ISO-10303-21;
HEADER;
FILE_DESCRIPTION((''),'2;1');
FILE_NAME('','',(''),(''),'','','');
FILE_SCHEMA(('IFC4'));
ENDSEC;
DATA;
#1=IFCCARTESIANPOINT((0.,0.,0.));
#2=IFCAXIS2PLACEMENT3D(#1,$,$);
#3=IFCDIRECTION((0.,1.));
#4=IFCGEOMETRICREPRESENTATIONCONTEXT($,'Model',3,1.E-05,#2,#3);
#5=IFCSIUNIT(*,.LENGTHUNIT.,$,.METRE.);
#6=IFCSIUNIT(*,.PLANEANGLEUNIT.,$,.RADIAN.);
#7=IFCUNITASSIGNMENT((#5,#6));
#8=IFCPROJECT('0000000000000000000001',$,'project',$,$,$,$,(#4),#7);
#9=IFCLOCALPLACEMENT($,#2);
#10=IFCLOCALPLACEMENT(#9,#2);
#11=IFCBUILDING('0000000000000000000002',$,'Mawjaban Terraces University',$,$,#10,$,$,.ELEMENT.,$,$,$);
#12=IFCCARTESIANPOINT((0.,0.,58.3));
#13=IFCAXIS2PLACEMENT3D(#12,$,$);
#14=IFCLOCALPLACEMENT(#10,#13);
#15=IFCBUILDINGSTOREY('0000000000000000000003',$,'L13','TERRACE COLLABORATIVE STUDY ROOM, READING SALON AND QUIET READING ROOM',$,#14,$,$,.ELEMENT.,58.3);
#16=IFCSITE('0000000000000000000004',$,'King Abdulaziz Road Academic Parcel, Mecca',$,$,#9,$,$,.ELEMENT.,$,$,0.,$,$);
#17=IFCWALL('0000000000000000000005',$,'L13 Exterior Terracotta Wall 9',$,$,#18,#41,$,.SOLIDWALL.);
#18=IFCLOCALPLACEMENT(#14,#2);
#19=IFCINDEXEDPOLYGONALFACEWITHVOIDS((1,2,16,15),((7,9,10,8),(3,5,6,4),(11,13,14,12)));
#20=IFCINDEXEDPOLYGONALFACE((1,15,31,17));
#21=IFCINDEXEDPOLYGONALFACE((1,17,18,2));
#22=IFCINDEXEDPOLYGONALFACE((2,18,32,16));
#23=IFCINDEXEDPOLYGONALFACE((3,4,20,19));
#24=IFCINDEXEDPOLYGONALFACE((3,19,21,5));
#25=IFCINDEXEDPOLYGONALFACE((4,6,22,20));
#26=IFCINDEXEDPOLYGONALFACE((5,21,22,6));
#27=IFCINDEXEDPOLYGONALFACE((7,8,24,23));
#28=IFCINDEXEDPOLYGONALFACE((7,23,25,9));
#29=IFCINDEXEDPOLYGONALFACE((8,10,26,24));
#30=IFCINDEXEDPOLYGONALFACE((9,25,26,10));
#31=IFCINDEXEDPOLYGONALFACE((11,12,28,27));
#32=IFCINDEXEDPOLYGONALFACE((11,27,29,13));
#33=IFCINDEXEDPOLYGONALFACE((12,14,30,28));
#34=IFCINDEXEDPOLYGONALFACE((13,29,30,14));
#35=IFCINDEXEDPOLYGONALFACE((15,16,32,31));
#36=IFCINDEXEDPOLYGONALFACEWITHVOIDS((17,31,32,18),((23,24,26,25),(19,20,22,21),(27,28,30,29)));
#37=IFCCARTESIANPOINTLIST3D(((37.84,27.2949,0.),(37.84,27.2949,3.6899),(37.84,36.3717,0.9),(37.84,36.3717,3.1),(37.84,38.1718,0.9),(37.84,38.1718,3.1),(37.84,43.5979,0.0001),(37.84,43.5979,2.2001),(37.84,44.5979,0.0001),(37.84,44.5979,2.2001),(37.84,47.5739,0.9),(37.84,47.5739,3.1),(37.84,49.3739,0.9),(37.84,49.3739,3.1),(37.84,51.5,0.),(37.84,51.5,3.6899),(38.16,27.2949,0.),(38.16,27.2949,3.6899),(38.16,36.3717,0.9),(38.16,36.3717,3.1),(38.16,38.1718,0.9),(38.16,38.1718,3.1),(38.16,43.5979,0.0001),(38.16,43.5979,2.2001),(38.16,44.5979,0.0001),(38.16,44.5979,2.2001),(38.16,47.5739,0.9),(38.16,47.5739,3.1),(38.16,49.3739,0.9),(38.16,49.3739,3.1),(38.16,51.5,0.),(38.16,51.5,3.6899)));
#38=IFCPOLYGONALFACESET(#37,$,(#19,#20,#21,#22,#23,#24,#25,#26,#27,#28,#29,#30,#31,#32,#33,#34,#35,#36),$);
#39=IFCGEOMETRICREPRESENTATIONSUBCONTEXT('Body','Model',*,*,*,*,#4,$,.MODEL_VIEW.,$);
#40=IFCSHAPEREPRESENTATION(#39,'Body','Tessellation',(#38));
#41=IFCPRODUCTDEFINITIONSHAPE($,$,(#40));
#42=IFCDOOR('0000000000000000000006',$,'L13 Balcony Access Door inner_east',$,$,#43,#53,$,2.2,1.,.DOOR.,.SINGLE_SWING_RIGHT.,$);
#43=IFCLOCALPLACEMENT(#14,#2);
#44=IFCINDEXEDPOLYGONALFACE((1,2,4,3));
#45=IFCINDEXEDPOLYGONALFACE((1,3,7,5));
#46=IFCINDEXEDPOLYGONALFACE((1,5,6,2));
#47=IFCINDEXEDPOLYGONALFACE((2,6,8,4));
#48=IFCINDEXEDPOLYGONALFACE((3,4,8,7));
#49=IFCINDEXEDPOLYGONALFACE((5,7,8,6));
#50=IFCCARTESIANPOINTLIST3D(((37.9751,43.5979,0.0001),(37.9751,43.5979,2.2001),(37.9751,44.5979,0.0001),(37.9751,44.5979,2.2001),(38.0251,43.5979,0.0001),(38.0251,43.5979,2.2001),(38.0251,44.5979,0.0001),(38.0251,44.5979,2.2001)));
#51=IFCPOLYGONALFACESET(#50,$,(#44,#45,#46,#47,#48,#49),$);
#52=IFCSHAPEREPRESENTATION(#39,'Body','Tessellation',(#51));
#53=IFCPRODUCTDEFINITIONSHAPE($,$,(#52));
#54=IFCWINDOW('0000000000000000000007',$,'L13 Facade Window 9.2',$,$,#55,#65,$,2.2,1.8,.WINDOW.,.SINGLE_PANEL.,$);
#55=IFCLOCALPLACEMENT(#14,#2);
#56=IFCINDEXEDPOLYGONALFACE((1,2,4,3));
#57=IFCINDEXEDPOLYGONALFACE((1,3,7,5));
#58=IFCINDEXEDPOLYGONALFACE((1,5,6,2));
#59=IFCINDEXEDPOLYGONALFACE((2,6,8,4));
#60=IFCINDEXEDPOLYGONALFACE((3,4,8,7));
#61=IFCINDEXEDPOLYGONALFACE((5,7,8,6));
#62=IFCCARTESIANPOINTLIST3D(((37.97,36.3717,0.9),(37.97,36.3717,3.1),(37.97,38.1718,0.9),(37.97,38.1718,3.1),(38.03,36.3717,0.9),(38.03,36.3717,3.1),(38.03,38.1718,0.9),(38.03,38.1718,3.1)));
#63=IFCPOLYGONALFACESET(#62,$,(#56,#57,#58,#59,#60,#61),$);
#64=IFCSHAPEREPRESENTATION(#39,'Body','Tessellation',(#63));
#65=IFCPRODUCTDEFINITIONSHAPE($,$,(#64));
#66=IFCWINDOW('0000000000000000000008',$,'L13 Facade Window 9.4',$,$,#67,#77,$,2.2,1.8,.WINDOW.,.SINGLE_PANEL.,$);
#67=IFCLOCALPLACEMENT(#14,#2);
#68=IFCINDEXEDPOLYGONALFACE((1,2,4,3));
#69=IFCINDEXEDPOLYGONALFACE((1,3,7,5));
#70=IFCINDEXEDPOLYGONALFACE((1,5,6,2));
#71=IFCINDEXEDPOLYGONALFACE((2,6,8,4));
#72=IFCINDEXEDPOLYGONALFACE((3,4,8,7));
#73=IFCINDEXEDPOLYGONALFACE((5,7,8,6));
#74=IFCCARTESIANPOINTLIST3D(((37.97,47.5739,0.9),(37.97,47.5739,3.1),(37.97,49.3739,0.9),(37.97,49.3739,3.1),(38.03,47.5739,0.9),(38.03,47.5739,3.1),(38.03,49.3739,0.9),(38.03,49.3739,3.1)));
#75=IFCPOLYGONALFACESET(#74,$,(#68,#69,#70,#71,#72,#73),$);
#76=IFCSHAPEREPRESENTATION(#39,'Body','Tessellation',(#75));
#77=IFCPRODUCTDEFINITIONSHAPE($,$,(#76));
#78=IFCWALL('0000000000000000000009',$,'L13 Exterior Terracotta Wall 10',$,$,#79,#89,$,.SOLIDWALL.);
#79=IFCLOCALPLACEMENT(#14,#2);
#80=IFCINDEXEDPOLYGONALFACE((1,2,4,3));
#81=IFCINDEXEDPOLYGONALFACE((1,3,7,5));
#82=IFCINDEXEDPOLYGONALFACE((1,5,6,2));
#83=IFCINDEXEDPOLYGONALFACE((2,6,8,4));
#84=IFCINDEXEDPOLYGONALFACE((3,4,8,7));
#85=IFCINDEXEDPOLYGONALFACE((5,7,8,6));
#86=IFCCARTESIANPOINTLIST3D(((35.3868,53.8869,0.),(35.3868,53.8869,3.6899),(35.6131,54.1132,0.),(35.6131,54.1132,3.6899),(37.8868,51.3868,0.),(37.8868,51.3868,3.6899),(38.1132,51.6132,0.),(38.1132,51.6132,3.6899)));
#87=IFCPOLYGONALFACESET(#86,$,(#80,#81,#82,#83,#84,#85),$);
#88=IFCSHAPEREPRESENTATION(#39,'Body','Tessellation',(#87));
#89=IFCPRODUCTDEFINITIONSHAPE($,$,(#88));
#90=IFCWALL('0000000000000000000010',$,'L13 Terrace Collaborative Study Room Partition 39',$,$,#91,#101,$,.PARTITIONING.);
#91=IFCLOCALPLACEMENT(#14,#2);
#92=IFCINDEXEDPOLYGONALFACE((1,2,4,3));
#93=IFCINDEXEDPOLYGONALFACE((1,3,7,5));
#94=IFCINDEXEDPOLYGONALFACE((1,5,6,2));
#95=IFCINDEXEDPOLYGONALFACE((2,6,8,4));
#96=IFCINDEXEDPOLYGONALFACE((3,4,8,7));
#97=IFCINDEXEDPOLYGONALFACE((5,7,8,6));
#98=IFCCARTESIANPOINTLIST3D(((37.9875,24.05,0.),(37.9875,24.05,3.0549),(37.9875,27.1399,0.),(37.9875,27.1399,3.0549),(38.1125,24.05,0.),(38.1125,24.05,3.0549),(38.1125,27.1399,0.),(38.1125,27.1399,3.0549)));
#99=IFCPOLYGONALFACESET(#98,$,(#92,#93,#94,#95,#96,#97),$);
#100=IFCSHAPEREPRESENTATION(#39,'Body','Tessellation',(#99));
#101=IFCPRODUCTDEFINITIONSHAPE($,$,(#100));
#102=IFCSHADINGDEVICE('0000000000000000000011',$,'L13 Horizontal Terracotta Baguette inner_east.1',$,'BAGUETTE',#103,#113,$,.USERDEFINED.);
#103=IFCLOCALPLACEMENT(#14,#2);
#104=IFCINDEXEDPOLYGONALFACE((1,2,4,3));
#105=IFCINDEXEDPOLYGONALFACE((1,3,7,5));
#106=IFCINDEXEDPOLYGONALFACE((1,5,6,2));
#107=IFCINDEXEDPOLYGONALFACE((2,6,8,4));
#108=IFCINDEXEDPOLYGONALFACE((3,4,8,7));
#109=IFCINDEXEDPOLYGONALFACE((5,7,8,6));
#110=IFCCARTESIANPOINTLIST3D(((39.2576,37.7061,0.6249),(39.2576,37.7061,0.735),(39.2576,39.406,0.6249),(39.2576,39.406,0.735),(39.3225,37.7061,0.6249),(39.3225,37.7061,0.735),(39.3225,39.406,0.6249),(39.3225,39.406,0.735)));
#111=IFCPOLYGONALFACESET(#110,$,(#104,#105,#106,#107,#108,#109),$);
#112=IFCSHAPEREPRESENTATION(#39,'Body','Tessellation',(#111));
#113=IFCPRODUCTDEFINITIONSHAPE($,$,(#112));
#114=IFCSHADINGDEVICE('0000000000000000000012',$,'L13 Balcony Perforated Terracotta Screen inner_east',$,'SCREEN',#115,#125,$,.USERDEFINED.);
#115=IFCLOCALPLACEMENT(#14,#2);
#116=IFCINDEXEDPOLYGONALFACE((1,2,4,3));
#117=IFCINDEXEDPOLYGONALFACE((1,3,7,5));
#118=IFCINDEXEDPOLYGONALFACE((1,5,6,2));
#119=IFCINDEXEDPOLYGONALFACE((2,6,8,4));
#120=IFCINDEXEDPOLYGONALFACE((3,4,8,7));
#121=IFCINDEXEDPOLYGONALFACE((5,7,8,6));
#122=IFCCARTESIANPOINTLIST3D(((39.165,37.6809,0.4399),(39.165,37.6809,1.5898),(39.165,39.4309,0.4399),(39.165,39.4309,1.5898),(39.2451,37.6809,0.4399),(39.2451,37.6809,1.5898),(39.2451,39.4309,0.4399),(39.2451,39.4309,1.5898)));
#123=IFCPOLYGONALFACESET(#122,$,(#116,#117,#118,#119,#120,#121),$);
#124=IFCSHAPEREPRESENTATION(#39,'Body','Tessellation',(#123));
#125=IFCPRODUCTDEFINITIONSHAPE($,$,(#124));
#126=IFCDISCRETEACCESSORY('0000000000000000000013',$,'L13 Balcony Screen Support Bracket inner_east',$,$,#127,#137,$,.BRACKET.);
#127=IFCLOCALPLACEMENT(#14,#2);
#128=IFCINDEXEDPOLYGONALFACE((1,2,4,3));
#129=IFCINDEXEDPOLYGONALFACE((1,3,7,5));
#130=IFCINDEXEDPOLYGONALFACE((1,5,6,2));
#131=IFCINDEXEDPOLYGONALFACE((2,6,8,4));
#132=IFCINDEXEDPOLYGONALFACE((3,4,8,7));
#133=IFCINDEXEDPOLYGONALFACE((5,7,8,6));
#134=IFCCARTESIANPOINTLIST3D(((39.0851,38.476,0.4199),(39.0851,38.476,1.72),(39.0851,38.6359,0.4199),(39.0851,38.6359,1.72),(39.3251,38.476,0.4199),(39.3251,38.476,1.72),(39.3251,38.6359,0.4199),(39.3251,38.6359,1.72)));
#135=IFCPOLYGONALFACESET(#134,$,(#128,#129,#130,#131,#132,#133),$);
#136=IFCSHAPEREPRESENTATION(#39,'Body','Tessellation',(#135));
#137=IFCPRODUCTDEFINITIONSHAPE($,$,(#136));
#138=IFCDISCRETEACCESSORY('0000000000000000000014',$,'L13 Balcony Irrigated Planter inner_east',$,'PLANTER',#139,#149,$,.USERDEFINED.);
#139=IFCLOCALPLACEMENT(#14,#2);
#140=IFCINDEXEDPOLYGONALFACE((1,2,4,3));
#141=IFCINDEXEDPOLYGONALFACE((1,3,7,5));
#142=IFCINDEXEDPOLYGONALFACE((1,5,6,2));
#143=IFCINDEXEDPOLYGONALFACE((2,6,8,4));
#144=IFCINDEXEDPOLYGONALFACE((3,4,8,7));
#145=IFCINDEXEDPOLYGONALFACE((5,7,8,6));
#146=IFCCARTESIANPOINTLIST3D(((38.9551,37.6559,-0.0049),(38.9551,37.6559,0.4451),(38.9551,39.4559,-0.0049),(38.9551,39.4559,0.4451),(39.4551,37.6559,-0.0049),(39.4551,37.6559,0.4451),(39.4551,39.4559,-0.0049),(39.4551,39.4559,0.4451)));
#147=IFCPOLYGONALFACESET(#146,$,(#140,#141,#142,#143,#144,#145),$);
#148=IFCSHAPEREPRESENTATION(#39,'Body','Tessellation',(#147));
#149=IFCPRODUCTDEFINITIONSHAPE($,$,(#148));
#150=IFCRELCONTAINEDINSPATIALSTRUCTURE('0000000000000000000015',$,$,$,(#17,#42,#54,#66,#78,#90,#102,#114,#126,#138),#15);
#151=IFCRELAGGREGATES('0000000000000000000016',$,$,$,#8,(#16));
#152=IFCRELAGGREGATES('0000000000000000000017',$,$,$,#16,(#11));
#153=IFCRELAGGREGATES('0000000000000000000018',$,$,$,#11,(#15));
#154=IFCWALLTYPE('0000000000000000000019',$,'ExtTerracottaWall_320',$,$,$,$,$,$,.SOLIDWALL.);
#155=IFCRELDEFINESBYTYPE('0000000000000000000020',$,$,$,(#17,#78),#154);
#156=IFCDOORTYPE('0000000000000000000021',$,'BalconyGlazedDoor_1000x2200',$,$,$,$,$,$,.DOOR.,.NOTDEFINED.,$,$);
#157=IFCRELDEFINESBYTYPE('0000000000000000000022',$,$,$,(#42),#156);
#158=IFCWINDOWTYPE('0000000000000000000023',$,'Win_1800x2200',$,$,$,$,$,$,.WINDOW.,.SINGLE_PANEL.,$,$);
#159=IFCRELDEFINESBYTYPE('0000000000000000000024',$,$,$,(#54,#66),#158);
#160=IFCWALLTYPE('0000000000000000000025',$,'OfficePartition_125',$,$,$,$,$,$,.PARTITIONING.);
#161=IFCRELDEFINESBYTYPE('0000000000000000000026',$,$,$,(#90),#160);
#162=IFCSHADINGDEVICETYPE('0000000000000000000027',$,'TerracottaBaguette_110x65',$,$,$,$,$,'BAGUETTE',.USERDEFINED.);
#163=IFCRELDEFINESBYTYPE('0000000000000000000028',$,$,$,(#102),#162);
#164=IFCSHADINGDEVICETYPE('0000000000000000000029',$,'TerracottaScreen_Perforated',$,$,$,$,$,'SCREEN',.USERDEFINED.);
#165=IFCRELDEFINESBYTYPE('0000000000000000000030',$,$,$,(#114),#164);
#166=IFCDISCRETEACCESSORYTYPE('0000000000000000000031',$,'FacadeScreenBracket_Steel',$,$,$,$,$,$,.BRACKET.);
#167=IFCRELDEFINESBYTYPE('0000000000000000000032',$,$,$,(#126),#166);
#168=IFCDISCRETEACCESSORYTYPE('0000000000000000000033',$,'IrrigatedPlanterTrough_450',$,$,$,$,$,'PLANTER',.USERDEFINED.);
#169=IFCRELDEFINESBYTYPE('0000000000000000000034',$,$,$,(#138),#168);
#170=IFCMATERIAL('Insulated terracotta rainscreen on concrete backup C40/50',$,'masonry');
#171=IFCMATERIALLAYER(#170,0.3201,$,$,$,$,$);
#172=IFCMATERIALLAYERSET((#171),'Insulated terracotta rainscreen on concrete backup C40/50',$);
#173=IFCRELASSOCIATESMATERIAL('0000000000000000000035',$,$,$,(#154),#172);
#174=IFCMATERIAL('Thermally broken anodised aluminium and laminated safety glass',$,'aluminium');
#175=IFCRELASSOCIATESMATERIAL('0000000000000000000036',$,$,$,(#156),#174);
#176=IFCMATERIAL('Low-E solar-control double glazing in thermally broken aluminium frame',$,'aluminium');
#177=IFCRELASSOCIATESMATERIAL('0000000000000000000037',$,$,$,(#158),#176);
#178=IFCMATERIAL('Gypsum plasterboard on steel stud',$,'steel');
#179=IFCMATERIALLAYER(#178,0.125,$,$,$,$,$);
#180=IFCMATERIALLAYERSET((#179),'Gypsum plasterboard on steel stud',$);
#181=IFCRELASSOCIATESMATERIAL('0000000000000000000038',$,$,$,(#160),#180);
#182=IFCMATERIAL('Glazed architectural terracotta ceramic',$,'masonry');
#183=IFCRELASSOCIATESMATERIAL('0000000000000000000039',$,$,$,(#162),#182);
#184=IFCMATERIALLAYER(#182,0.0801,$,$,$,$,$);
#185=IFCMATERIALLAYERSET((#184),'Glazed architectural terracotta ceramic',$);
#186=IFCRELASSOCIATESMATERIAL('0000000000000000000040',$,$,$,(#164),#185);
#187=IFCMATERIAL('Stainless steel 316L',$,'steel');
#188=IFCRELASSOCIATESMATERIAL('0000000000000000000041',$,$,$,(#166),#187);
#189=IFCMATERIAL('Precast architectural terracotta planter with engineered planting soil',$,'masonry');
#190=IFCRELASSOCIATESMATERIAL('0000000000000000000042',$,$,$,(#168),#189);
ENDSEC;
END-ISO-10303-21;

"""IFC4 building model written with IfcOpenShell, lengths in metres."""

from ifc_helpers import new_model, si_unit, direction, frame, frame_2d, origin, origin_2d, place, context, subcontext, project, spatial, rectangle, extrude, material, layer, layer_set, material_profile, profile_set, type_object, element, fill, save


model = new_model("IFC4")

# Units and contexts
model_context = context("Model", 3, precision=1e-05, world=origin(), true_north=direction((0.0, 1.0)))
body_context = subcontext(model_context, "Body", "Model", "MODEL_VIEW")
ifc_project = project(units=[si_unit("LENGTHUNIT", "METRE"), si_unit("PLANEANGLEUNIT", "RADIAN")], contexts=[model_context])

# Site, building, storey
site_placement = place(None, origin())
site = spatial("IfcSite", under=ifc_project, at=site_placement, Name="King Abdulaziz Road Academic Parcel, Mecca", CompositionType="ELEMENT", RefElevation=0.0)
building_placement = place(site_placement, origin())
building = spatial("IfcBuilding", under=site, at=building_placement, Name="Mawjaban Terraces University", CompositionType="ELEMENT")
storey_placement = place(building_placement, frame((0.0, 0.0, 58.3)))
storey = spatial("IfcBuildingStorey", under=building, at=storey_placement, Name="L13", Description="TERRACE COLLABORATIVE STUDY ROOM, READING SALON AND QUIET READING ROOM", CompositionType="ELEMENT", Elevation=58.3)

# Wall, openings, door, windows
ifc_material_1 = material(Name="Insulated terracotta rainscreen on concrete backup C40/50", Category="masonry")
ifc_layer_1 = layer(ifc_material_1, 0.3201)
ifc_layer_set_1 = layer_set([ifc_layer_1], Name="Insulated terracotta rainscreen on concrete backup C40/50")
wall_type_1 = type_object("IfcWallType", Name="ExtTerracottaWall_320", PredefinedType="SOLIDWALL", material=ifc_layer_set_1)
wall_1_placement = place(storey_placement, frame((38.0, 27.2949, 0.0), z_axis=(0.0, 0.0, 1.0), x_axis=(0.0, 1.0, 0.0)))
wall_1 = element("IfcWall", 1, at=wall_1_placement, inside=storey, type_object=wall_type_1, Name="L13 Exterior Terracotta Wall 9", PredefinedType="SOLIDWALL", context=body_context, shape_type="SweptSolid", body=[
    extrude(rectangle(XDim=24.2051, YDim=0.3201, at=frame_2d((12.1025, 0.0))), origin(), (0.0, 0.0, 1.0), 3.6899),
])
opening_1_placement = place(wall_1_placement, frame((16.303, 0.0, 0.0)))
opening_1 = element("IfcOpeningElement", 2, at=opening_1_placement, cuts=wall_1, PredefinedType="OPENING", context=body_context, shape_type="SweptSolid", body=[
    extrude(rectangle(XDim=1.0, YDim=2.2, at=frame_2d((0.5, 1.1001))), frame((0.0, 0.1699, 0.0), z_axis=(0.0, -1.0, 0.0), x_axis=(1.0, 0.0, 0.0)), (0.0, 0.0, 1.0), 0.3401),
])
opening_2_placement = place(wall_1_placement, frame((9.0769, 0.0, 0.8999)))
opening_2 = element("IfcOpeningElement", 3, at=opening_2_placement, cuts=wall_1, PredefinedType="OPENING", context=body_context, shape_type="SweptSolid", body=[
    extrude(rectangle(XDim=1.8, YDim=2.2, at=frame_2d((0.8999, 1.1001))), frame((0.0, 0.1699, 0.0), z_axis=(0.0, -1.0, 0.0), x_axis=(1.0, 0.0, 0.0)), (0.0, 0.0, 1.0), 0.3401),
])
opening_3_placement = place(wall_1_placement, frame((20.2791, 0.0, 0.8999)))
opening_3 = element("IfcOpeningElement", 4, at=opening_3_placement, cuts=wall_1, PredefinedType="OPENING", context=body_context, shape_type="SweptSolid", body=[
    extrude(rectangle(XDim=1.8, YDim=2.2, at=frame_2d((0.8999, 1.1001))), frame((0.0, 0.1699, 0.0), z_axis=(0.0, -1.0, 0.0), x_axis=(1.0, 0.0, 0.0)), (0.0, 0.0, 1.0), 0.3401),
])
ifc_material_2 = material(Name="Thermally broken anodised aluminium and laminated safety glass", Category="aluminium")
door_type = type_object("IfcDoorType", Name="BalconyGlazedDoor_1000x2200", OperationType="NOTDEFINED", PredefinedType="DOOR", material=ifc_material_2)
door_placement = place(opening_1_placement, origin())
door = element("IfcDoor", 5, at=door_placement, inside=storey, type_object=door_type, Name="L13 Balcony Access Door inner_east", OperationType="SINGLE_SWING_RIGHT", OverallHeight=2.2, OverallWidth=1.0, PredefinedType="DOOR", context=body_context, shape_type="SweptSolid", body=[
    extrude(rectangle(XDim=1.0, YDim=2.2, at=frame_2d((0.5, 1.1001))), frame((0.0, 0.0249, 0.0), z_axis=(0.0, -1.0, 0.0), x_axis=(1.0, 0.0, 0.0)), (0.0, 0.0, 1.0), 0.05),
])
fill(opening_1, door)
ifc_material_3 = material(Name="Low-E solar-control double glazing in thermally broken aluminium frame", Category="aluminium")
window_type = type_object("IfcWindowType", Name="Win_1800x2200", PartitioningType="SINGLE_PANEL", PredefinedType="WINDOW", material=ifc_material_3)
window_1_placement = place(opening_2_placement, origin())
window_1 = element("IfcWindow", 6, at=window_1_placement, inside=storey, type_object=window_type, Name="L13 Facade Window 9.2", OverallHeight=2.2, OverallWidth=1.8, PartitioningType="SINGLE_PANEL", PredefinedType="WINDOW", context=body_context, shape_type="SweptSolid", body=[
    extrude(rectangle(XDim=1.8, YDim=2.2, at=frame_2d((0.8999, 1.1001))), frame((0.0, 0.03, 0.0), z_axis=(0.0, -1.0, 0.0), x_axis=(1.0, 0.0, 0.0)), (0.0, 0.0, 1.0), 0.0601),
])
fill(opening_2, window_1)
window_2_placement = place(opening_3_placement, origin())
window_2 = element("IfcWindow", 7, at=window_2_placement, inside=storey, type_object=window_type, Name="L13 Facade Window 9.4", OverallHeight=2.2, OverallWidth=1.8, PartitioningType="SINGLE_PANEL", PredefinedType="WINDOW", context=body_context, shape_type="SweptSolid", body=[
    extrude(rectangle(XDim=1.8, YDim=2.2, at=frame_2d((0.8999, 1.1001))), frame((0.0, 0.03, 0.0), z_axis=(0.0, -1.0, 0.0), x_axis=(1.0, 0.0, 0.0)), (0.0, 0.0, 1.0), 0.0601),
])
fill(opening_3, window_2)

# Walls
wall_2_placement = place(storey_placement, frame((38.0, 51.5, 0.0), z_axis=(0.0, 0.0, 1.0), x_axis=(-0.707107, 0.707107, 0.0)))
element("IfcWall", 8, at=wall_2_placement, inside=storey, type_object=wall_type_1, Name="L13 Exterior Terracotta Wall 10", PredefinedType="SOLIDWALL", context=body_context, shape_type="SweptSolid", body=[
    extrude(rectangle(XDim=3.5356, YDim=0.3201, at=frame_2d((1.7678, 0.0))), origin(), (0.0, 0.0, 1.0), 3.6899),
])
ifc_material_4 = material(Name="Gypsum plasterboard on steel stud", Category="steel")
ifc_layer_2 = layer(ifc_material_4, 0.125)
ifc_layer_set_2 = layer_set([ifc_layer_2], Name="Gypsum plasterboard on steel stud")
wall_type_2 = type_object("IfcWallType", Name="OfficePartition_125", PredefinedType="PARTITIONING", material=ifc_layer_set_2)
wall_3_placement = place(storey_placement, frame((38.05, 27.1399, 0.0), z_axis=(0.0, 0.0, 1.0), x_axis=(0.0, -1.0, 0.0)))
element("IfcWall", 9, at=wall_3_placement, inside=storey, type_object=wall_type_2, Name="L13 Terrace Collaborative Study Room Partition 39", PredefinedType="PARTITIONING", context=body_context, shape_type="SweptSolid", body=[
    extrude(rectangle(XDim=3.0898, YDim=0.125, at=frame_2d((1.5449, 0.0))), origin(), (0.0, 0.0, 1.0), 3.0549),
])

# Shading devices
ifc_material_5 = material(Name="Glazed architectural terracotta ceramic", Category="masonry")
ifc_material_profile_1 = material_profile(ifc_material_5, rectangle(XDim=0.0649, YDim=0.1101, at=origin_2d()), Name="TBAG110X65")
ifc_profile_set_1 = profile_set([ifc_material_profile_1], Name="Glazed architectural terracotta ceramic")
shading_device_type_1 = type_object("IfcShadingDeviceType", Name="TerracottaBaguette_110x65", ElementType="BAGUETTE", PredefinedType="USERDEFINED", material=ifc_profile_set_1)
shading_device_1_placement = place(storey_placement, frame((39.29, 37.7061, 0.6799), z_axis=(0.0, 1.0, 0.0), x_axis=(-1.0, 0.0, 0.0)))
element("IfcShadingDevice", 10, at=shading_device_1_placement, inside=storey, type_object=shading_device_type_1, Name="L13 Horizontal Terracotta Baguette inner_east.1", ObjectType="BAGUETTE", PredefinedType="USERDEFINED", context=body_context, shape_type="SweptSolid", body=[
    extrude(rectangle(XDim=0.0649, YDim=0.1101, at=origin_2d()), origin(), (0.0, 0.0, 1.0), 1.7),
])
ifc_layer_3 = layer(ifc_material_5, 0.0801)
ifc_layer_set_3 = layer_set([ifc_layer_3], Name="Glazed architectural terracotta ceramic")
shading_device_type_2 = type_object("IfcShadingDeviceType", Name="TerracottaScreen_Perforated", ElementType="SCREEN", PredefinedType="USERDEFINED", material=ifc_layer_set_3)
shading_device_2_placement = place(storey_placement, frame((39.2051, 38.5559, 0.4399), z_axis=(0.0, 0.0, 1.0), x_axis=(0.0, 1.0, 0.0)))
element("IfcShadingDevice", 11, at=shading_device_2_placement, inside=storey, type_object=shading_device_type_2, Name="L13 Balcony Perforated Terracotta Screen inner_east", ObjectType="SCREEN", PredefinedType="USERDEFINED", context=body_context, shape_type="SweptSolid", body=[
    extrude(rectangle(XDim=1.75, YDim=0.0801, at=origin_2d()), origin(), (0.0, 0.0, 1.0), 1.1499),
])

# Discrete accessories
ifc_material_6 = material(Name="Stainless steel 316L", Category="steel")
discrete_accessory_type_1 = type_object("IfcDiscreteAccessoryType", Name="FacadeScreenBracket_Steel", PredefinedType="BRACKET", material=ifc_material_6)
discrete_accessory_1_placement = place(storey_placement, frame((39.2051, 38.5559, 0.4199), z_axis=(0.0, 0.0, 1.0), x_axis=(0.0, 1.0, 0.0)))
element("IfcDiscreteAccessory", 12, at=discrete_accessory_1_placement, inside=storey, type_object=discrete_accessory_type_1, Name="L13 Balcony Screen Support Bracket inner_east", PredefinedType="BRACKET", context=body_context, shape_type="SweptSolid", body=[
    extrude(rectangle(XDim=0.1599, YDim=0.24, at=origin_2d()), origin(), (0.0, 0.0, 1.0), 1.3),
])
ifc_material_7 = material(Name="Precast architectural terracotta planter with engineered planting soil", Category="masonry")
discrete_accessory_type_2 = type_object("IfcDiscreteAccessoryType", Name="IrrigatedPlanterTrough_450", ElementType="PLANTER", PredefinedType="USERDEFINED", material=ifc_material_7)
discrete_accessory_2_placement = place(storey_placement, frame((39.2051, 38.5559, -0.0049), z_axis=(0.0, 0.0, 1.0), x_axis=(0.0, 1.0, 0.0)))
element("IfcDiscreteAccessory", 13, at=discrete_accessory_2_placement, inside=storey, type_object=discrete_accessory_type_2, Name="L13 Balcony Irrigated Planter inner_east", ObjectType="PLANTER", PredefinedType="USERDEFINED", context=body_context, shape_type="SweptSolid", body=[
    extrude(rectangle(XDim=1.8, YDim=0.5, at=origin_2d()), origin(), (0.0, 0.0, 1.0), 0.45),
])

save(model, "model.ifc")
